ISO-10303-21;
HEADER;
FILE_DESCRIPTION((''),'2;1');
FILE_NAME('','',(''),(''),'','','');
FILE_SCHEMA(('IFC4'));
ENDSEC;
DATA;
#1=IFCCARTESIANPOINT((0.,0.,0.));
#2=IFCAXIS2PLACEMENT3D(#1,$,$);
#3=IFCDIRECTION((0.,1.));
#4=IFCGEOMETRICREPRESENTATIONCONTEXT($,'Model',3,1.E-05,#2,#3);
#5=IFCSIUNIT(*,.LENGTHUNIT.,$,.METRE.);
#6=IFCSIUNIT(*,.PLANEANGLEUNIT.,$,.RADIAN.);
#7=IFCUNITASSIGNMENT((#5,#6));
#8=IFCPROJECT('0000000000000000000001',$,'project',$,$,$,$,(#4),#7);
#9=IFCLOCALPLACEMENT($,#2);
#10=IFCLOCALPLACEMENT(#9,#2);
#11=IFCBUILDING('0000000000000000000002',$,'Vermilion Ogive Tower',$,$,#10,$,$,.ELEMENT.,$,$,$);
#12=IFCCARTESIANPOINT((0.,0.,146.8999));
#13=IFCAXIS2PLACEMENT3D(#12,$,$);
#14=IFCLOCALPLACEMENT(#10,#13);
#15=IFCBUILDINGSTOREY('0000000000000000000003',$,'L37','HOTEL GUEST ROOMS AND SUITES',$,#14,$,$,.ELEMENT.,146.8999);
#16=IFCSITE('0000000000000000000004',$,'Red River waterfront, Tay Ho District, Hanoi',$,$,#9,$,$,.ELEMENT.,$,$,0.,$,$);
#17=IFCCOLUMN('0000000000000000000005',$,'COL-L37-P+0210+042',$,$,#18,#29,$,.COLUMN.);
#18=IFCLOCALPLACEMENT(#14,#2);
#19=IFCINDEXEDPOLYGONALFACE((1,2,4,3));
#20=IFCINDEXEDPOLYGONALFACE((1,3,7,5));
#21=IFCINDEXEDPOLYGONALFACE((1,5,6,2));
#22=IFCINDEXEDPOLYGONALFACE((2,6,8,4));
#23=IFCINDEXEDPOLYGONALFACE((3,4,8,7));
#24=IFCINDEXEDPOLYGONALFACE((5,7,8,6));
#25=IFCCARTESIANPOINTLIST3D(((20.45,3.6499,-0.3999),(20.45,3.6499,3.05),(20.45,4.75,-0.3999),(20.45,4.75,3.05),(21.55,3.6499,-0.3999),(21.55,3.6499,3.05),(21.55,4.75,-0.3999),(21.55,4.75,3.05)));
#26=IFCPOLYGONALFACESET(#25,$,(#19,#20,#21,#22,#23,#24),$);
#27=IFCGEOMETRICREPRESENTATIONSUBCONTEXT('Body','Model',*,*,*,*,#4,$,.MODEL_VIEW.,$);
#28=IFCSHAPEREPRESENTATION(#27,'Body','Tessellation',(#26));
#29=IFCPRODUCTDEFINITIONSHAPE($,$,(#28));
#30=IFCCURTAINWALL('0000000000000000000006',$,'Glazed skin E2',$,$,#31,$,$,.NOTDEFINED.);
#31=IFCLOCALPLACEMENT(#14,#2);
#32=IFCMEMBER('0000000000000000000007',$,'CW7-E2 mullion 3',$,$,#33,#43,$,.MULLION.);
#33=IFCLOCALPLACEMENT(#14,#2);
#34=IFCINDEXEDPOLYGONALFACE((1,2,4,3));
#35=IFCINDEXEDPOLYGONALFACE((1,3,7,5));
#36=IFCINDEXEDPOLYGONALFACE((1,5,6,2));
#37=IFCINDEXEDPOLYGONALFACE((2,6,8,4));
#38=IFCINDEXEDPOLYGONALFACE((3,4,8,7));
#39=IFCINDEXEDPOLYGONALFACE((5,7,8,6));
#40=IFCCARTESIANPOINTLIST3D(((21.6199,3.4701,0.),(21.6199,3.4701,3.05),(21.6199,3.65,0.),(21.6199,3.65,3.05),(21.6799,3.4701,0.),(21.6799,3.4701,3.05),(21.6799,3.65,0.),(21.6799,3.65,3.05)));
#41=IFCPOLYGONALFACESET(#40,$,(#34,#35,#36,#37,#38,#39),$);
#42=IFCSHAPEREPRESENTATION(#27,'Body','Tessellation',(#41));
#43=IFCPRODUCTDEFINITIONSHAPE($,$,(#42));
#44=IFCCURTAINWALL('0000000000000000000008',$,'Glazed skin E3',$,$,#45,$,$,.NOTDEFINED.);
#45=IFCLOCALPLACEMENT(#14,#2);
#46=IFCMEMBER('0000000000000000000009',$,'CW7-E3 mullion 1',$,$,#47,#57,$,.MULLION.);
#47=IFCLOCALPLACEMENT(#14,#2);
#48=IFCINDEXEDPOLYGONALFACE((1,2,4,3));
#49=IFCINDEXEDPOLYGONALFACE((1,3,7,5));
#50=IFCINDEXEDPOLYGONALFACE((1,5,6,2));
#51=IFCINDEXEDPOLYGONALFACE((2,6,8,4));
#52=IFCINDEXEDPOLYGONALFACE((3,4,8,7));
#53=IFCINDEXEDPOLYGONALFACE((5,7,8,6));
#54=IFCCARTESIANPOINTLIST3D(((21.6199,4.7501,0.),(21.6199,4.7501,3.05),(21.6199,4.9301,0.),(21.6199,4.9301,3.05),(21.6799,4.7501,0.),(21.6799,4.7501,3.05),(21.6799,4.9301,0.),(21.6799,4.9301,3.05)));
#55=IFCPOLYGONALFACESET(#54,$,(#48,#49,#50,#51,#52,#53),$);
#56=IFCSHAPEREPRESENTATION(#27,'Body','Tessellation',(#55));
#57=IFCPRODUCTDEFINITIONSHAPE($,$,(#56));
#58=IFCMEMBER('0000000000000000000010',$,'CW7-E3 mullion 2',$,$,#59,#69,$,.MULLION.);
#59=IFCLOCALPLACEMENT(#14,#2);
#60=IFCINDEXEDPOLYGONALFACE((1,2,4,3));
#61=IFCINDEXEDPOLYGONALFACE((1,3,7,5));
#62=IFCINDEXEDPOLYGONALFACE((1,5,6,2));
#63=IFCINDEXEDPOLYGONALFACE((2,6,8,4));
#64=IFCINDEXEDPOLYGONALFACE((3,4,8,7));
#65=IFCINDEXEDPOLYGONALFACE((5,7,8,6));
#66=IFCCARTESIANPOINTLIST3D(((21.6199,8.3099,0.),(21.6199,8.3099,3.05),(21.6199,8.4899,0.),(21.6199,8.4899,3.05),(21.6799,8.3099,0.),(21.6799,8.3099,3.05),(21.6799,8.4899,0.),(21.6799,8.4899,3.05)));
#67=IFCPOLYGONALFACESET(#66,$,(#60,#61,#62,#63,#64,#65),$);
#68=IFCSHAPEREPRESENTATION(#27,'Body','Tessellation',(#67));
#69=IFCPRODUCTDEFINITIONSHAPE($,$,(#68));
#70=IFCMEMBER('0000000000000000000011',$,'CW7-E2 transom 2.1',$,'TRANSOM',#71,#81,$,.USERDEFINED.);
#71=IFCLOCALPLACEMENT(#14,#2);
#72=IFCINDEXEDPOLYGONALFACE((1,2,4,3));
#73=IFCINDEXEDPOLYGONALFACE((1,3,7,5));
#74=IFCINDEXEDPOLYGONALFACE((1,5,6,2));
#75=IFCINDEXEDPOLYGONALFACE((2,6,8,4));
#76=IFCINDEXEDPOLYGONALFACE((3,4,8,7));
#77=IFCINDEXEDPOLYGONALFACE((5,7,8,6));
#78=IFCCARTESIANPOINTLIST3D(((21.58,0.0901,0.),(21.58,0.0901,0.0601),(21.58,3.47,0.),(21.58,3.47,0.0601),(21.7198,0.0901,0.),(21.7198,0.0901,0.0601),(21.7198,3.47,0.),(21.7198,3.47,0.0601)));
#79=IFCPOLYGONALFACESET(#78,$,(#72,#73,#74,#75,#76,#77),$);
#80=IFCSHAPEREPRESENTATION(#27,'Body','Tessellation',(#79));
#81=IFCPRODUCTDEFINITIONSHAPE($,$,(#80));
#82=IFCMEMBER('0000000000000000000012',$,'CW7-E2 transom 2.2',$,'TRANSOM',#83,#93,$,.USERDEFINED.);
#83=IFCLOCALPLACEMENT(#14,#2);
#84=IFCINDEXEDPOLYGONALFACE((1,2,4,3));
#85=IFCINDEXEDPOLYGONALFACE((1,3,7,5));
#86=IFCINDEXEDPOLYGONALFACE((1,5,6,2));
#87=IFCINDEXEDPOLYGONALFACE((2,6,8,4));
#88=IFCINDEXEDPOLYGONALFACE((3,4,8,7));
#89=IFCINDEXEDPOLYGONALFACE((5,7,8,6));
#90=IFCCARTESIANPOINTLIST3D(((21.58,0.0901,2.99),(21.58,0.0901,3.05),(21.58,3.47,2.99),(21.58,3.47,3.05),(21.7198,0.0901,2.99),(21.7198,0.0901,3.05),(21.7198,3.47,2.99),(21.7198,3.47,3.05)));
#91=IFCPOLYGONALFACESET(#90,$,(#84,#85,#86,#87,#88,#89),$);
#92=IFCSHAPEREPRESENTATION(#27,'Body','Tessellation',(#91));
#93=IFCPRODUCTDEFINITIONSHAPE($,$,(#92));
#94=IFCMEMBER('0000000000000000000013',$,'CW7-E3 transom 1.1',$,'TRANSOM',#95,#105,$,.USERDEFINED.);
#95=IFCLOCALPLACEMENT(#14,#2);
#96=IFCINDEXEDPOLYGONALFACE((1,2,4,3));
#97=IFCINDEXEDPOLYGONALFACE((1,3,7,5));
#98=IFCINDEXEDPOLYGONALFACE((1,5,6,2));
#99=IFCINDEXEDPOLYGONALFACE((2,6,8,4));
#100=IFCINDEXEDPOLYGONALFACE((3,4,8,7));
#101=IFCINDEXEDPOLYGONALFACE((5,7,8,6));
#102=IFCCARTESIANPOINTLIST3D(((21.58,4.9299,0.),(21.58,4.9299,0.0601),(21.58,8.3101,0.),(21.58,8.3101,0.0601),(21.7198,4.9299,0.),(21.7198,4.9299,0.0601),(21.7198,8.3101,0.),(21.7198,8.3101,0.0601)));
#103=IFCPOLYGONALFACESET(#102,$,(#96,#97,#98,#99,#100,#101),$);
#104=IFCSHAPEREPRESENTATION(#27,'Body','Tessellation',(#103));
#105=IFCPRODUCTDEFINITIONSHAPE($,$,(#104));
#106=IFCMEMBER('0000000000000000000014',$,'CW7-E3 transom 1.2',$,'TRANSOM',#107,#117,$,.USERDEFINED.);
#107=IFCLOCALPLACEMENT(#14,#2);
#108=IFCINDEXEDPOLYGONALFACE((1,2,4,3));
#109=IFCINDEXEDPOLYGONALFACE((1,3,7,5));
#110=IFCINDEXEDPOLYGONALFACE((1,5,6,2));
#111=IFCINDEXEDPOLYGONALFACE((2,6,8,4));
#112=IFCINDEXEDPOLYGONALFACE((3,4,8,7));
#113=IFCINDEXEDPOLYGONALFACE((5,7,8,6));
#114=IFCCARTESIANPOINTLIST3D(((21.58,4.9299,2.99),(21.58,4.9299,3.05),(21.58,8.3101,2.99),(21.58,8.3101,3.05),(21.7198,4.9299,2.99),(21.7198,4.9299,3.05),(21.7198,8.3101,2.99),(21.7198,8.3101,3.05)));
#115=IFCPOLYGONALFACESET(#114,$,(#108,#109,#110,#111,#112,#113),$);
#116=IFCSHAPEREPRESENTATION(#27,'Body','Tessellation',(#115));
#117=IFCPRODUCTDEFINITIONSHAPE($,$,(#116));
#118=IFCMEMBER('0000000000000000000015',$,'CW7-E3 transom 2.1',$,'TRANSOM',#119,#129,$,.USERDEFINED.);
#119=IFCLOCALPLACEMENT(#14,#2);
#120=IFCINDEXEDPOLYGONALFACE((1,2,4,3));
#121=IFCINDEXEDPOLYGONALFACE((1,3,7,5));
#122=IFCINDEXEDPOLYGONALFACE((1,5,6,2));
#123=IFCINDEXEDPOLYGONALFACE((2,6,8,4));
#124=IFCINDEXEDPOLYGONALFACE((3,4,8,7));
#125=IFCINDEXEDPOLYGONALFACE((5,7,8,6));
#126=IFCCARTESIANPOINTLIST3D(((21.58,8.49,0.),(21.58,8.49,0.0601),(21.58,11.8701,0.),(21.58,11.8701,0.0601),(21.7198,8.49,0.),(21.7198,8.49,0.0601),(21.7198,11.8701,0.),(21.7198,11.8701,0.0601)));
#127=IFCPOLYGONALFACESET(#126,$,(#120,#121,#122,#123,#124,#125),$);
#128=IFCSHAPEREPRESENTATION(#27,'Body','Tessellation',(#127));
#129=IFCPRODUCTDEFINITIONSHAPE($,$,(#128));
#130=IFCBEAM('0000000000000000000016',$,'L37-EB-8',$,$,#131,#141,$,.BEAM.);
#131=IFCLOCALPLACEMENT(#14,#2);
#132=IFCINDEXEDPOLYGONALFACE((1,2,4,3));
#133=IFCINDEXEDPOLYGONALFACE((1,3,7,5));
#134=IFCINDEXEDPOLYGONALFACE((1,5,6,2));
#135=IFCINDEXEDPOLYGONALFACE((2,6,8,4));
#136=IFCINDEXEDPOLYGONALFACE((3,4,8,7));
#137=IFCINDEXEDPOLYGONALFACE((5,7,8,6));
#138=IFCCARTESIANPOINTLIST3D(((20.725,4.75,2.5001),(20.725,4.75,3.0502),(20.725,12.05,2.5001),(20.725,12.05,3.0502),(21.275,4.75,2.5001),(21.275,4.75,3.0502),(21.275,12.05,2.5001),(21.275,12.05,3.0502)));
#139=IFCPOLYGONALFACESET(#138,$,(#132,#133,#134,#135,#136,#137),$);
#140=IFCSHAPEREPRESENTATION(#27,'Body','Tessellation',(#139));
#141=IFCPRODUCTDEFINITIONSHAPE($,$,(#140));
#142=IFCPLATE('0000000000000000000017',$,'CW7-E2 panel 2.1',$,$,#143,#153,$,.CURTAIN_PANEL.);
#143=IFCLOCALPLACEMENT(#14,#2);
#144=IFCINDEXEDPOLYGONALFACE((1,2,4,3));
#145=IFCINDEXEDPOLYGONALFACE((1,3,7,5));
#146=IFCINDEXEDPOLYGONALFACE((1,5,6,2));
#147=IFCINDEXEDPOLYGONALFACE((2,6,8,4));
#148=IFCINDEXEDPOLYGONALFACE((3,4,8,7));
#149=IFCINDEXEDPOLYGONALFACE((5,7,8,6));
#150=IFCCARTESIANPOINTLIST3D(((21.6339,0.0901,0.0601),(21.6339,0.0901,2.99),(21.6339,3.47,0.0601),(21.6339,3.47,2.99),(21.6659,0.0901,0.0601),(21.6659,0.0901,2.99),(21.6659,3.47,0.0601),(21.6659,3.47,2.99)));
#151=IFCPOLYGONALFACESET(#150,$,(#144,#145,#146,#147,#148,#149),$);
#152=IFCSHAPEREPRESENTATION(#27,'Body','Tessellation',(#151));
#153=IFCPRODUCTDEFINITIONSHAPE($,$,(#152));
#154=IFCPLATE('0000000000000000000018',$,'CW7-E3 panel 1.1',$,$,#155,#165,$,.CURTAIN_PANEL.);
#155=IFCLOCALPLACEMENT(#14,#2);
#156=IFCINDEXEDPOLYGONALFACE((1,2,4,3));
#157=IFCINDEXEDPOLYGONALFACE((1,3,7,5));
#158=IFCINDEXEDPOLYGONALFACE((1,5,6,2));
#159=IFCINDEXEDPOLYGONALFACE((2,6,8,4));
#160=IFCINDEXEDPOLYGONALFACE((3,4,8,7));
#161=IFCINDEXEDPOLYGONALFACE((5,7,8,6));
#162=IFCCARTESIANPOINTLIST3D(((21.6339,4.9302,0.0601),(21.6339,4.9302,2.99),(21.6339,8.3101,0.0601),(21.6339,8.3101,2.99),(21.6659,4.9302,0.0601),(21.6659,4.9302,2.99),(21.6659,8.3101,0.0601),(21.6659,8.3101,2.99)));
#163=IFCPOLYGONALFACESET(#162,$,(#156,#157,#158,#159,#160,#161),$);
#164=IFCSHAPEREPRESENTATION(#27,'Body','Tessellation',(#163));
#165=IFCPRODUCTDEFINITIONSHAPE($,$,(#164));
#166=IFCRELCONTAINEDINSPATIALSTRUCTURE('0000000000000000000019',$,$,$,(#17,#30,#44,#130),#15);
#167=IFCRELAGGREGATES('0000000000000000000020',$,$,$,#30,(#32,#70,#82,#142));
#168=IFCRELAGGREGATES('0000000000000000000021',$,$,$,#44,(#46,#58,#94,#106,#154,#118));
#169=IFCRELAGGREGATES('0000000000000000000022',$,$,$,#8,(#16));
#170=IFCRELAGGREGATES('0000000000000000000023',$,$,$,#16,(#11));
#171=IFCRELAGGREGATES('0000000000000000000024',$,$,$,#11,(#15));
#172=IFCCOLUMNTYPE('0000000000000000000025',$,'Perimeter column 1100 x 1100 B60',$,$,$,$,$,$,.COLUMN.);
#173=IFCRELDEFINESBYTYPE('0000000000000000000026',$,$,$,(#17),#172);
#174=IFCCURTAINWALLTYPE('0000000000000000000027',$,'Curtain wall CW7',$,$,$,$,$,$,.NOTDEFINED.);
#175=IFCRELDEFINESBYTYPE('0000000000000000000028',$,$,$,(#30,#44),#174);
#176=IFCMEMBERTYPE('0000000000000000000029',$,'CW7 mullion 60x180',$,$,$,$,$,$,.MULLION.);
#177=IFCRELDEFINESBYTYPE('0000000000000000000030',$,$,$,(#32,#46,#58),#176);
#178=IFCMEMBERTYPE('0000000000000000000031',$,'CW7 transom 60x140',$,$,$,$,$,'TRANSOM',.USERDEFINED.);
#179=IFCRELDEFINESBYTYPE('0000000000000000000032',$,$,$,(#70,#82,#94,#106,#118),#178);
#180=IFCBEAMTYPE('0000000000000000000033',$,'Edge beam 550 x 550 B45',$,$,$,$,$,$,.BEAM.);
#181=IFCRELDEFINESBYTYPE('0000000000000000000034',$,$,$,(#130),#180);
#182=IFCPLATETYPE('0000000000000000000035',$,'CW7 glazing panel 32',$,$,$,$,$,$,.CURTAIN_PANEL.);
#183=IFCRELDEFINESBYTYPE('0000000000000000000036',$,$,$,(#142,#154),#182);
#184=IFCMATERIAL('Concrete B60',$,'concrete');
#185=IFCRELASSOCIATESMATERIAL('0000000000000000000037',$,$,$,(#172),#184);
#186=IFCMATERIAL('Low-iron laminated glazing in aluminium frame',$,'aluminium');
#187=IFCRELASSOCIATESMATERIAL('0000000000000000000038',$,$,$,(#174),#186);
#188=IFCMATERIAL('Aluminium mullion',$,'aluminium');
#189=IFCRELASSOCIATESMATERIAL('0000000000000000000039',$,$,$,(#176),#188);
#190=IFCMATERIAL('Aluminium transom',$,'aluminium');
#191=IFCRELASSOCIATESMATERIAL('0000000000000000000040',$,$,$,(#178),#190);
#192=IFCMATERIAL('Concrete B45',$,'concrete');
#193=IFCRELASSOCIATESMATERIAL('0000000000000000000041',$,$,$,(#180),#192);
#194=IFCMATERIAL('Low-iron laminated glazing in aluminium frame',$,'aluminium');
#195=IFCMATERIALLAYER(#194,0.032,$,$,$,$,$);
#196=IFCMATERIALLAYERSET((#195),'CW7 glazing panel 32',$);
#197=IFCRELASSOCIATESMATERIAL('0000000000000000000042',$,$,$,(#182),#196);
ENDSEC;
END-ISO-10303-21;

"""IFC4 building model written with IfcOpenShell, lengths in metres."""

from ifc_helpers import new_model, si_unit, direction, frame, origin, origin_2d, place, context, subcontext, project, spatial, rectangle, extrude, material, layer, layer_set, material_profile, profile_set, type_object, element, aggregate, save


model = new_model("IFC4")

# Units and contexts
model_context = context("Model", 3, precision=1e-05, world=origin(), true_north=direction((0.0, 1.0)))
body_context = subcontext(model_context, "Body", "Model", "MODEL_VIEW")
ifc_project = project(units=[si_unit("LENGTHUNIT", "METRE"), si_unit("PLANEANGLEUNIT", "RADIAN")], contexts=[model_context])

# Site, building, storey
site_placement = place(None, origin())
site = spatial("IfcSite", under=ifc_project, at=site_placement, Name="Red River waterfront, Tay Ho District, Hanoi", CompositionType="ELEMENT", RefElevation=0.0)
building_placement = place(site_placement, origin())
building = spatial("IfcBuilding", under=site, at=building_placement, Name="Vermilion Ogive Tower", CompositionType="ELEMENT")
storey_placement = place(building_placement, frame((0.0, 0.0, 146.8999)))
storey = spatial("IfcBuildingStorey", under=building, at=storey_placement, Name="L37", Description="HOTEL GUEST ROOMS AND SUITES", CompositionType="ELEMENT", Elevation=146.8999)

# Column
ifc_material_1 = material(Name="Concrete B60", Category="concrete")
ifc_material_profile_1 = material_profile(ifc_material_1, rectangle(XDim=1.1001, YDim=1.1001, at=origin_2d()), Name="1100 x 1100")
ifc_profile_set_1 = profile_set([ifc_material_profile_1], Name="Concrete B60")
column_type = type_object("IfcColumnType", Name="Perimeter column 1100 x 1100 B60", PredefinedType="COLUMN", material=ifc_profile_set_1)
column_placement = place(storey_placement, frame((21.0, 4.2, -0.3999), z_axis=(0.0, 0.0, 1.0), x_axis=(1.0, 0.0, 0.0)))
element("IfcColumn", 1, at=column_placement, inside=storey, type_object=column_type, Name="COL-L37-P+0210+042", PredefinedType="COLUMN", context=body_context, shape_type="SweptSolid", body=[
    extrude(rectangle(XDim=1.1001, YDim=1.1001, at=origin_2d()), origin(), (0.0, 0.0, 1.0), 3.45),
])

# Curtain wall, member
ifc_material_2 = material(Name="Low-iron laminated glazing in aluminium frame", Category="aluminium")
curtain_wall_type = type_object("IfcCurtainWallType", Name="Curtain wall CW7", PredefinedType="NOTDEFINED", material=ifc_material_2)
curtain_wall_1_placement = place(storey_placement, origin())
curtain_wall_1 = element("IfcCurtainWall", 2, at=curtain_wall_1_placement, inside=storey, type_object=curtain_wall_type, Name="Glazed skin E2", PredefinedType="NOTDEFINED")
ifc_material_3 = material(Name="Aluminium mullion", Category="aluminium")
ifc_material_profile_2 = material_profile(ifc_material_3, rectangle(XDim=0.0601, YDim=0.1799, at=origin_2d()), Name="AL 60x180")
ifc_profile_set_2 = profile_set([ifc_material_profile_2], Name="Aluminium mullion")
member_type_1 = type_object("IfcMemberType", Name="CW7 mullion 60x180", PredefinedType="MULLION", material=ifc_profile_set_2)
member_1_placement = place(storey_placement, frame((21.6499, 3.5601, 0.0), z_axis=(0.0, 0.0, 1.0), x_axis=(-1.0, 0.0, 0.0)))
member_1 = element("IfcMember", 3, at=member_1_placement, type_object=member_type_1, Name="CW7-E2 mullion 3", PredefinedType="MULLION", context=body_context, shape_type="SweptSolid", body=[
    extrude(rectangle(XDim=0.0601, YDim=0.1799, at=origin_2d()), origin(), (0.0, 0.0, 1.0), 3.05),
])

# Curtain wall, members
curtain_wall_2_placement = place(storey_placement, origin())
curtain_wall_2 = element("IfcCurtainWall", 4, at=curtain_wall_2_placement, inside=storey, type_object=curtain_wall_type, Name="Glazed skin E3", PredefinedType="NOTDEFINED")
member_2_placement = place(storey_placement, frame((21.6499, 4.8401, 0.0), z_axis=(0.0, 0.0, 1.0), x_axis=(-1.0, 0.0, 0.0)))
member_2 = element("IfcMember", 5, at=member_2_placement, type_object=member_type_1, Name="CW7-E3 mullion 1", PredefinedType="MULLION", context=body_context, shape_type="SweptSolid", body=[
    extrude(rectangle(XDim=0.0601, YDim=0.1799, at=origin_2d()), origin(), (0.0, 0.0, 1.0), 3.05),
])
member_3_placement = place(storey_placement, frame((21.6499, 8.3999, 0.0), z_axis=(0.0, 0.0, 1.0), x_axis=(-1.0, 0.0, 0.0)))
member_3 = element("IfcMember", 6, at=member_3_placement, type_object=member_type_1, Name="CW7-E3 mullion 2", PredefinedType="MULLION", context=body_context, shape_type="SweptSolid", body=[
    extrude(rectangle(XDim=0.0601, YDim=0.1799, at=origin_2d()), origin(), (0.0, 0.0, 1.0), 3.05),
])

# Members
ifc_material_4 = material(Name="Aluminium transom", Category="aluminium")
ifc_material_profile_3 = material_profile(ifc_material_4, rectangle(XDim=0.1399, YDim=0.0601, at=origin_2d()), Name="AL 60x140")
ifc_profile_set_3 = profile_set([ifc_material_profile_3], Name="Aluminium transom")
member_type_2 = type_object("IfcMemberType", Name="CW7 transom 60x140", ElementType="TRANSOM", PredefinedType="USERDEFINED", material=ifc_profile_set_3)
member_4_placement = place(storey_placement, frame((21.6499, 0.0901, 0.03), z_axis=(0.0, 1.0, 0.0), x_axis=(-1.0, 0.0, 0.0)))
member_4 = element("IfcMember", 7, at=member_4_placement, type_object=member_type_2, Name="CW7-E2 transom 2.1", ObjectType="TRANSOM", PredefinedType="USERDEFINED", context=body_context, shape_type="SweptSolid", body=[
    extrude(rectangle(XDim=0.1399, YDim=0.0601, at=origin_2d()), origin(), (0.0, 0.0, 1.0), 3.3799),
])
member_5_placement = place(storey_placement, frame((21.6499, 0.0901, 3.02), z_axis=(0.0, 1.0, 0.0), x_axis=(-1.0, 0.0, 0.0)))
member_5 = element("IfcMember", 8, at=member_5_placement, type_object=member_type_2, Name="CW7-E2 transom 2.2", ObjectType="TRANSOM", PredefinedType="USERDEFINED", context=body_context, shape_type="SweptSolid", body=[
    extrude(rectangle(XDim=0.1399, YDim=0.0601, at=origin_2d()), origin(), (0.0, 0.0, 1.0), 3.3799),
])
member_6_placement = place(storey_placement, frame((21.6499, 4.9299, 0.03), z_axis=(0.0, 1.0, 0.0), x_axis=(-1.0, 0.0, 0.0)))
member_6 = element("IfcMember", 9, at=member_6_placement, type_object=member_type_2, Name="CW7-E3 transom 1.1", ObjectType="TRANSOM", PredefinedType="USERDEFINED", context=body_context, shape_type="SweptSolid", body=[
    extrude(rectangle(XDim=0.1399, YDim=0.0601, at=origin_2d()), origin(), (0.0, 0.0, 1.0), 3.3801),
])
member_7_placement = place(storey_placement, frame((21.6499, 4.9299, 3.02), z_axis=(0.0, 1.0, 0.0), x_axis=(-1.0, 0.0, 0.0)))
member_7 = element("IfcMember", 10, at=member_7_placement, type_object=member_type_2, Name="CW7-E3 transom 1.2", ObjectType="TRANSOM", PredefinedType="USERDEFINED", context=body_context, shape_type="SweptSolid", body=[
    extrude(rectangle(XDim=0.1399, YDim=0.0601, at=origin_2d()), origin(), (0.0, 0.0, 1.0), 3.3801),
])
member_8_placement = place(storey_placement, frame((21.6499, 8.49, 0.03), z_axis=(0.0, 1.0, 0.0), x_axis=(-1.0, 0.0, 0.0)))
member_8 = element("IfcMember", 11, at=member_8_placement, type_object=member_type_2, Name="CW7-E3 transom 2.1", ObjectType="TRANSOM", PredefinedType="USERDEFINED", context=body_context, shape_type="SweptSolid", body=[
    extrude(rectangle(XDim=0.1399, YDim=0.0601, at=origin_2d()), origin(), (0.0, 0.0, 1.0), 3.3801),
])

# Beam
ifc_material_5 = material(Name="Concrete B45", Category="concrete")
ifc_material_profile_4 = material_profile(ifc_material_5, rectangle(XDim=0.55, YDim=0.55, at=origin_2d()), Name="550 x 550")
ifc_profile_set_4 = profile_set([ifc_material_profile_4], Name="Concrete B45")
beam_type = type_object("IfcBeamType", Name="Edge beam 550 x 550 B45", PredefinedType="BEAM", material=ifc_profile_set_4)
beam_placement = place(storey_placement, frame((21.0, 4.75, 2.7751), z_axis=(0.0, 1.0, 0.0), x_axis=(-1.0, 0.0, 0.0)))
element("IfcBeam", 12, at=beam_placement, inside=storey, type_object=beam_type, Name="L37-EB-8", PredefinedType="BEAM", context=body_context, shape_type="SweptSolid", body=[
    extrude(rectangle(XDim=0.55, YDim=0.55, at=origin_2d()), origin(), (0.0, 0.0, 1.0), 7.3),
])

# Plates
ifc_material_6 = material(Name="Low-iron laminated glazing in aluminium frame", Category="aluminium")
ifc_layer_1 = layer(ifc_material_6, 0.032)
ifc_layer_set_1 = layer_set([ifc_layer_1], Name="CW7 glazing panel 32")
plate_type = type_object("IfcPlateType", Name="CW7 glazing panel 32", PredefinedType="CURTAIN_PANEL", material=ifc_layer_set_1)
plate_1_placement = place(storey_placement, frame((21.6499, 1.78, 0.0601), z_axis=(0.0, 0.0, 1.0), x_axis=(0.0, 1.0, 0.0)))
plate_1 = element("IfcPlate", 13, at=plate_1_placement, type_object=plate_type, Name="CW7-E2 panel 2.1", PredefinedType="CURTAIN_PANEL", context=body_context, shape_type="SweptSolid", body=[
    extrude(rectangle(XDim=3.3799, YDim=0.032, at=origin_2d()), origin(), (0.0, 0.0, 1.0), 2.9299),
])
aggregate(curtain_wall_1, [member_1, member_4, member_5, plate_1])
plate_2_placement = place(storey_placement, frame((21.6499, 6.6201, 0.0601), z_axis=(0.0, 0.0, 1.0), x_axis=(0.0, 1.0, 0.0)))
plate_2 = element("IfcPlate", 14, at=plate_2_placement, type_object=plate_type, Name="CW7-E3 panel 1.1", PredefinedType="CURTAIN_PANEL", context=body_context, shape_type="SweptSolid", body=[
    extrude(rectangle(XDim=3.3799, YDim=0.032, at=origin_2d()), origin(), (0.0, 0.0, 1.0), 2.9299),
])
aggregate(curtain_wall_2, [member_2, member_3, member_6, member_7, plate_2, member_8])

save(model, "model.ifc")
